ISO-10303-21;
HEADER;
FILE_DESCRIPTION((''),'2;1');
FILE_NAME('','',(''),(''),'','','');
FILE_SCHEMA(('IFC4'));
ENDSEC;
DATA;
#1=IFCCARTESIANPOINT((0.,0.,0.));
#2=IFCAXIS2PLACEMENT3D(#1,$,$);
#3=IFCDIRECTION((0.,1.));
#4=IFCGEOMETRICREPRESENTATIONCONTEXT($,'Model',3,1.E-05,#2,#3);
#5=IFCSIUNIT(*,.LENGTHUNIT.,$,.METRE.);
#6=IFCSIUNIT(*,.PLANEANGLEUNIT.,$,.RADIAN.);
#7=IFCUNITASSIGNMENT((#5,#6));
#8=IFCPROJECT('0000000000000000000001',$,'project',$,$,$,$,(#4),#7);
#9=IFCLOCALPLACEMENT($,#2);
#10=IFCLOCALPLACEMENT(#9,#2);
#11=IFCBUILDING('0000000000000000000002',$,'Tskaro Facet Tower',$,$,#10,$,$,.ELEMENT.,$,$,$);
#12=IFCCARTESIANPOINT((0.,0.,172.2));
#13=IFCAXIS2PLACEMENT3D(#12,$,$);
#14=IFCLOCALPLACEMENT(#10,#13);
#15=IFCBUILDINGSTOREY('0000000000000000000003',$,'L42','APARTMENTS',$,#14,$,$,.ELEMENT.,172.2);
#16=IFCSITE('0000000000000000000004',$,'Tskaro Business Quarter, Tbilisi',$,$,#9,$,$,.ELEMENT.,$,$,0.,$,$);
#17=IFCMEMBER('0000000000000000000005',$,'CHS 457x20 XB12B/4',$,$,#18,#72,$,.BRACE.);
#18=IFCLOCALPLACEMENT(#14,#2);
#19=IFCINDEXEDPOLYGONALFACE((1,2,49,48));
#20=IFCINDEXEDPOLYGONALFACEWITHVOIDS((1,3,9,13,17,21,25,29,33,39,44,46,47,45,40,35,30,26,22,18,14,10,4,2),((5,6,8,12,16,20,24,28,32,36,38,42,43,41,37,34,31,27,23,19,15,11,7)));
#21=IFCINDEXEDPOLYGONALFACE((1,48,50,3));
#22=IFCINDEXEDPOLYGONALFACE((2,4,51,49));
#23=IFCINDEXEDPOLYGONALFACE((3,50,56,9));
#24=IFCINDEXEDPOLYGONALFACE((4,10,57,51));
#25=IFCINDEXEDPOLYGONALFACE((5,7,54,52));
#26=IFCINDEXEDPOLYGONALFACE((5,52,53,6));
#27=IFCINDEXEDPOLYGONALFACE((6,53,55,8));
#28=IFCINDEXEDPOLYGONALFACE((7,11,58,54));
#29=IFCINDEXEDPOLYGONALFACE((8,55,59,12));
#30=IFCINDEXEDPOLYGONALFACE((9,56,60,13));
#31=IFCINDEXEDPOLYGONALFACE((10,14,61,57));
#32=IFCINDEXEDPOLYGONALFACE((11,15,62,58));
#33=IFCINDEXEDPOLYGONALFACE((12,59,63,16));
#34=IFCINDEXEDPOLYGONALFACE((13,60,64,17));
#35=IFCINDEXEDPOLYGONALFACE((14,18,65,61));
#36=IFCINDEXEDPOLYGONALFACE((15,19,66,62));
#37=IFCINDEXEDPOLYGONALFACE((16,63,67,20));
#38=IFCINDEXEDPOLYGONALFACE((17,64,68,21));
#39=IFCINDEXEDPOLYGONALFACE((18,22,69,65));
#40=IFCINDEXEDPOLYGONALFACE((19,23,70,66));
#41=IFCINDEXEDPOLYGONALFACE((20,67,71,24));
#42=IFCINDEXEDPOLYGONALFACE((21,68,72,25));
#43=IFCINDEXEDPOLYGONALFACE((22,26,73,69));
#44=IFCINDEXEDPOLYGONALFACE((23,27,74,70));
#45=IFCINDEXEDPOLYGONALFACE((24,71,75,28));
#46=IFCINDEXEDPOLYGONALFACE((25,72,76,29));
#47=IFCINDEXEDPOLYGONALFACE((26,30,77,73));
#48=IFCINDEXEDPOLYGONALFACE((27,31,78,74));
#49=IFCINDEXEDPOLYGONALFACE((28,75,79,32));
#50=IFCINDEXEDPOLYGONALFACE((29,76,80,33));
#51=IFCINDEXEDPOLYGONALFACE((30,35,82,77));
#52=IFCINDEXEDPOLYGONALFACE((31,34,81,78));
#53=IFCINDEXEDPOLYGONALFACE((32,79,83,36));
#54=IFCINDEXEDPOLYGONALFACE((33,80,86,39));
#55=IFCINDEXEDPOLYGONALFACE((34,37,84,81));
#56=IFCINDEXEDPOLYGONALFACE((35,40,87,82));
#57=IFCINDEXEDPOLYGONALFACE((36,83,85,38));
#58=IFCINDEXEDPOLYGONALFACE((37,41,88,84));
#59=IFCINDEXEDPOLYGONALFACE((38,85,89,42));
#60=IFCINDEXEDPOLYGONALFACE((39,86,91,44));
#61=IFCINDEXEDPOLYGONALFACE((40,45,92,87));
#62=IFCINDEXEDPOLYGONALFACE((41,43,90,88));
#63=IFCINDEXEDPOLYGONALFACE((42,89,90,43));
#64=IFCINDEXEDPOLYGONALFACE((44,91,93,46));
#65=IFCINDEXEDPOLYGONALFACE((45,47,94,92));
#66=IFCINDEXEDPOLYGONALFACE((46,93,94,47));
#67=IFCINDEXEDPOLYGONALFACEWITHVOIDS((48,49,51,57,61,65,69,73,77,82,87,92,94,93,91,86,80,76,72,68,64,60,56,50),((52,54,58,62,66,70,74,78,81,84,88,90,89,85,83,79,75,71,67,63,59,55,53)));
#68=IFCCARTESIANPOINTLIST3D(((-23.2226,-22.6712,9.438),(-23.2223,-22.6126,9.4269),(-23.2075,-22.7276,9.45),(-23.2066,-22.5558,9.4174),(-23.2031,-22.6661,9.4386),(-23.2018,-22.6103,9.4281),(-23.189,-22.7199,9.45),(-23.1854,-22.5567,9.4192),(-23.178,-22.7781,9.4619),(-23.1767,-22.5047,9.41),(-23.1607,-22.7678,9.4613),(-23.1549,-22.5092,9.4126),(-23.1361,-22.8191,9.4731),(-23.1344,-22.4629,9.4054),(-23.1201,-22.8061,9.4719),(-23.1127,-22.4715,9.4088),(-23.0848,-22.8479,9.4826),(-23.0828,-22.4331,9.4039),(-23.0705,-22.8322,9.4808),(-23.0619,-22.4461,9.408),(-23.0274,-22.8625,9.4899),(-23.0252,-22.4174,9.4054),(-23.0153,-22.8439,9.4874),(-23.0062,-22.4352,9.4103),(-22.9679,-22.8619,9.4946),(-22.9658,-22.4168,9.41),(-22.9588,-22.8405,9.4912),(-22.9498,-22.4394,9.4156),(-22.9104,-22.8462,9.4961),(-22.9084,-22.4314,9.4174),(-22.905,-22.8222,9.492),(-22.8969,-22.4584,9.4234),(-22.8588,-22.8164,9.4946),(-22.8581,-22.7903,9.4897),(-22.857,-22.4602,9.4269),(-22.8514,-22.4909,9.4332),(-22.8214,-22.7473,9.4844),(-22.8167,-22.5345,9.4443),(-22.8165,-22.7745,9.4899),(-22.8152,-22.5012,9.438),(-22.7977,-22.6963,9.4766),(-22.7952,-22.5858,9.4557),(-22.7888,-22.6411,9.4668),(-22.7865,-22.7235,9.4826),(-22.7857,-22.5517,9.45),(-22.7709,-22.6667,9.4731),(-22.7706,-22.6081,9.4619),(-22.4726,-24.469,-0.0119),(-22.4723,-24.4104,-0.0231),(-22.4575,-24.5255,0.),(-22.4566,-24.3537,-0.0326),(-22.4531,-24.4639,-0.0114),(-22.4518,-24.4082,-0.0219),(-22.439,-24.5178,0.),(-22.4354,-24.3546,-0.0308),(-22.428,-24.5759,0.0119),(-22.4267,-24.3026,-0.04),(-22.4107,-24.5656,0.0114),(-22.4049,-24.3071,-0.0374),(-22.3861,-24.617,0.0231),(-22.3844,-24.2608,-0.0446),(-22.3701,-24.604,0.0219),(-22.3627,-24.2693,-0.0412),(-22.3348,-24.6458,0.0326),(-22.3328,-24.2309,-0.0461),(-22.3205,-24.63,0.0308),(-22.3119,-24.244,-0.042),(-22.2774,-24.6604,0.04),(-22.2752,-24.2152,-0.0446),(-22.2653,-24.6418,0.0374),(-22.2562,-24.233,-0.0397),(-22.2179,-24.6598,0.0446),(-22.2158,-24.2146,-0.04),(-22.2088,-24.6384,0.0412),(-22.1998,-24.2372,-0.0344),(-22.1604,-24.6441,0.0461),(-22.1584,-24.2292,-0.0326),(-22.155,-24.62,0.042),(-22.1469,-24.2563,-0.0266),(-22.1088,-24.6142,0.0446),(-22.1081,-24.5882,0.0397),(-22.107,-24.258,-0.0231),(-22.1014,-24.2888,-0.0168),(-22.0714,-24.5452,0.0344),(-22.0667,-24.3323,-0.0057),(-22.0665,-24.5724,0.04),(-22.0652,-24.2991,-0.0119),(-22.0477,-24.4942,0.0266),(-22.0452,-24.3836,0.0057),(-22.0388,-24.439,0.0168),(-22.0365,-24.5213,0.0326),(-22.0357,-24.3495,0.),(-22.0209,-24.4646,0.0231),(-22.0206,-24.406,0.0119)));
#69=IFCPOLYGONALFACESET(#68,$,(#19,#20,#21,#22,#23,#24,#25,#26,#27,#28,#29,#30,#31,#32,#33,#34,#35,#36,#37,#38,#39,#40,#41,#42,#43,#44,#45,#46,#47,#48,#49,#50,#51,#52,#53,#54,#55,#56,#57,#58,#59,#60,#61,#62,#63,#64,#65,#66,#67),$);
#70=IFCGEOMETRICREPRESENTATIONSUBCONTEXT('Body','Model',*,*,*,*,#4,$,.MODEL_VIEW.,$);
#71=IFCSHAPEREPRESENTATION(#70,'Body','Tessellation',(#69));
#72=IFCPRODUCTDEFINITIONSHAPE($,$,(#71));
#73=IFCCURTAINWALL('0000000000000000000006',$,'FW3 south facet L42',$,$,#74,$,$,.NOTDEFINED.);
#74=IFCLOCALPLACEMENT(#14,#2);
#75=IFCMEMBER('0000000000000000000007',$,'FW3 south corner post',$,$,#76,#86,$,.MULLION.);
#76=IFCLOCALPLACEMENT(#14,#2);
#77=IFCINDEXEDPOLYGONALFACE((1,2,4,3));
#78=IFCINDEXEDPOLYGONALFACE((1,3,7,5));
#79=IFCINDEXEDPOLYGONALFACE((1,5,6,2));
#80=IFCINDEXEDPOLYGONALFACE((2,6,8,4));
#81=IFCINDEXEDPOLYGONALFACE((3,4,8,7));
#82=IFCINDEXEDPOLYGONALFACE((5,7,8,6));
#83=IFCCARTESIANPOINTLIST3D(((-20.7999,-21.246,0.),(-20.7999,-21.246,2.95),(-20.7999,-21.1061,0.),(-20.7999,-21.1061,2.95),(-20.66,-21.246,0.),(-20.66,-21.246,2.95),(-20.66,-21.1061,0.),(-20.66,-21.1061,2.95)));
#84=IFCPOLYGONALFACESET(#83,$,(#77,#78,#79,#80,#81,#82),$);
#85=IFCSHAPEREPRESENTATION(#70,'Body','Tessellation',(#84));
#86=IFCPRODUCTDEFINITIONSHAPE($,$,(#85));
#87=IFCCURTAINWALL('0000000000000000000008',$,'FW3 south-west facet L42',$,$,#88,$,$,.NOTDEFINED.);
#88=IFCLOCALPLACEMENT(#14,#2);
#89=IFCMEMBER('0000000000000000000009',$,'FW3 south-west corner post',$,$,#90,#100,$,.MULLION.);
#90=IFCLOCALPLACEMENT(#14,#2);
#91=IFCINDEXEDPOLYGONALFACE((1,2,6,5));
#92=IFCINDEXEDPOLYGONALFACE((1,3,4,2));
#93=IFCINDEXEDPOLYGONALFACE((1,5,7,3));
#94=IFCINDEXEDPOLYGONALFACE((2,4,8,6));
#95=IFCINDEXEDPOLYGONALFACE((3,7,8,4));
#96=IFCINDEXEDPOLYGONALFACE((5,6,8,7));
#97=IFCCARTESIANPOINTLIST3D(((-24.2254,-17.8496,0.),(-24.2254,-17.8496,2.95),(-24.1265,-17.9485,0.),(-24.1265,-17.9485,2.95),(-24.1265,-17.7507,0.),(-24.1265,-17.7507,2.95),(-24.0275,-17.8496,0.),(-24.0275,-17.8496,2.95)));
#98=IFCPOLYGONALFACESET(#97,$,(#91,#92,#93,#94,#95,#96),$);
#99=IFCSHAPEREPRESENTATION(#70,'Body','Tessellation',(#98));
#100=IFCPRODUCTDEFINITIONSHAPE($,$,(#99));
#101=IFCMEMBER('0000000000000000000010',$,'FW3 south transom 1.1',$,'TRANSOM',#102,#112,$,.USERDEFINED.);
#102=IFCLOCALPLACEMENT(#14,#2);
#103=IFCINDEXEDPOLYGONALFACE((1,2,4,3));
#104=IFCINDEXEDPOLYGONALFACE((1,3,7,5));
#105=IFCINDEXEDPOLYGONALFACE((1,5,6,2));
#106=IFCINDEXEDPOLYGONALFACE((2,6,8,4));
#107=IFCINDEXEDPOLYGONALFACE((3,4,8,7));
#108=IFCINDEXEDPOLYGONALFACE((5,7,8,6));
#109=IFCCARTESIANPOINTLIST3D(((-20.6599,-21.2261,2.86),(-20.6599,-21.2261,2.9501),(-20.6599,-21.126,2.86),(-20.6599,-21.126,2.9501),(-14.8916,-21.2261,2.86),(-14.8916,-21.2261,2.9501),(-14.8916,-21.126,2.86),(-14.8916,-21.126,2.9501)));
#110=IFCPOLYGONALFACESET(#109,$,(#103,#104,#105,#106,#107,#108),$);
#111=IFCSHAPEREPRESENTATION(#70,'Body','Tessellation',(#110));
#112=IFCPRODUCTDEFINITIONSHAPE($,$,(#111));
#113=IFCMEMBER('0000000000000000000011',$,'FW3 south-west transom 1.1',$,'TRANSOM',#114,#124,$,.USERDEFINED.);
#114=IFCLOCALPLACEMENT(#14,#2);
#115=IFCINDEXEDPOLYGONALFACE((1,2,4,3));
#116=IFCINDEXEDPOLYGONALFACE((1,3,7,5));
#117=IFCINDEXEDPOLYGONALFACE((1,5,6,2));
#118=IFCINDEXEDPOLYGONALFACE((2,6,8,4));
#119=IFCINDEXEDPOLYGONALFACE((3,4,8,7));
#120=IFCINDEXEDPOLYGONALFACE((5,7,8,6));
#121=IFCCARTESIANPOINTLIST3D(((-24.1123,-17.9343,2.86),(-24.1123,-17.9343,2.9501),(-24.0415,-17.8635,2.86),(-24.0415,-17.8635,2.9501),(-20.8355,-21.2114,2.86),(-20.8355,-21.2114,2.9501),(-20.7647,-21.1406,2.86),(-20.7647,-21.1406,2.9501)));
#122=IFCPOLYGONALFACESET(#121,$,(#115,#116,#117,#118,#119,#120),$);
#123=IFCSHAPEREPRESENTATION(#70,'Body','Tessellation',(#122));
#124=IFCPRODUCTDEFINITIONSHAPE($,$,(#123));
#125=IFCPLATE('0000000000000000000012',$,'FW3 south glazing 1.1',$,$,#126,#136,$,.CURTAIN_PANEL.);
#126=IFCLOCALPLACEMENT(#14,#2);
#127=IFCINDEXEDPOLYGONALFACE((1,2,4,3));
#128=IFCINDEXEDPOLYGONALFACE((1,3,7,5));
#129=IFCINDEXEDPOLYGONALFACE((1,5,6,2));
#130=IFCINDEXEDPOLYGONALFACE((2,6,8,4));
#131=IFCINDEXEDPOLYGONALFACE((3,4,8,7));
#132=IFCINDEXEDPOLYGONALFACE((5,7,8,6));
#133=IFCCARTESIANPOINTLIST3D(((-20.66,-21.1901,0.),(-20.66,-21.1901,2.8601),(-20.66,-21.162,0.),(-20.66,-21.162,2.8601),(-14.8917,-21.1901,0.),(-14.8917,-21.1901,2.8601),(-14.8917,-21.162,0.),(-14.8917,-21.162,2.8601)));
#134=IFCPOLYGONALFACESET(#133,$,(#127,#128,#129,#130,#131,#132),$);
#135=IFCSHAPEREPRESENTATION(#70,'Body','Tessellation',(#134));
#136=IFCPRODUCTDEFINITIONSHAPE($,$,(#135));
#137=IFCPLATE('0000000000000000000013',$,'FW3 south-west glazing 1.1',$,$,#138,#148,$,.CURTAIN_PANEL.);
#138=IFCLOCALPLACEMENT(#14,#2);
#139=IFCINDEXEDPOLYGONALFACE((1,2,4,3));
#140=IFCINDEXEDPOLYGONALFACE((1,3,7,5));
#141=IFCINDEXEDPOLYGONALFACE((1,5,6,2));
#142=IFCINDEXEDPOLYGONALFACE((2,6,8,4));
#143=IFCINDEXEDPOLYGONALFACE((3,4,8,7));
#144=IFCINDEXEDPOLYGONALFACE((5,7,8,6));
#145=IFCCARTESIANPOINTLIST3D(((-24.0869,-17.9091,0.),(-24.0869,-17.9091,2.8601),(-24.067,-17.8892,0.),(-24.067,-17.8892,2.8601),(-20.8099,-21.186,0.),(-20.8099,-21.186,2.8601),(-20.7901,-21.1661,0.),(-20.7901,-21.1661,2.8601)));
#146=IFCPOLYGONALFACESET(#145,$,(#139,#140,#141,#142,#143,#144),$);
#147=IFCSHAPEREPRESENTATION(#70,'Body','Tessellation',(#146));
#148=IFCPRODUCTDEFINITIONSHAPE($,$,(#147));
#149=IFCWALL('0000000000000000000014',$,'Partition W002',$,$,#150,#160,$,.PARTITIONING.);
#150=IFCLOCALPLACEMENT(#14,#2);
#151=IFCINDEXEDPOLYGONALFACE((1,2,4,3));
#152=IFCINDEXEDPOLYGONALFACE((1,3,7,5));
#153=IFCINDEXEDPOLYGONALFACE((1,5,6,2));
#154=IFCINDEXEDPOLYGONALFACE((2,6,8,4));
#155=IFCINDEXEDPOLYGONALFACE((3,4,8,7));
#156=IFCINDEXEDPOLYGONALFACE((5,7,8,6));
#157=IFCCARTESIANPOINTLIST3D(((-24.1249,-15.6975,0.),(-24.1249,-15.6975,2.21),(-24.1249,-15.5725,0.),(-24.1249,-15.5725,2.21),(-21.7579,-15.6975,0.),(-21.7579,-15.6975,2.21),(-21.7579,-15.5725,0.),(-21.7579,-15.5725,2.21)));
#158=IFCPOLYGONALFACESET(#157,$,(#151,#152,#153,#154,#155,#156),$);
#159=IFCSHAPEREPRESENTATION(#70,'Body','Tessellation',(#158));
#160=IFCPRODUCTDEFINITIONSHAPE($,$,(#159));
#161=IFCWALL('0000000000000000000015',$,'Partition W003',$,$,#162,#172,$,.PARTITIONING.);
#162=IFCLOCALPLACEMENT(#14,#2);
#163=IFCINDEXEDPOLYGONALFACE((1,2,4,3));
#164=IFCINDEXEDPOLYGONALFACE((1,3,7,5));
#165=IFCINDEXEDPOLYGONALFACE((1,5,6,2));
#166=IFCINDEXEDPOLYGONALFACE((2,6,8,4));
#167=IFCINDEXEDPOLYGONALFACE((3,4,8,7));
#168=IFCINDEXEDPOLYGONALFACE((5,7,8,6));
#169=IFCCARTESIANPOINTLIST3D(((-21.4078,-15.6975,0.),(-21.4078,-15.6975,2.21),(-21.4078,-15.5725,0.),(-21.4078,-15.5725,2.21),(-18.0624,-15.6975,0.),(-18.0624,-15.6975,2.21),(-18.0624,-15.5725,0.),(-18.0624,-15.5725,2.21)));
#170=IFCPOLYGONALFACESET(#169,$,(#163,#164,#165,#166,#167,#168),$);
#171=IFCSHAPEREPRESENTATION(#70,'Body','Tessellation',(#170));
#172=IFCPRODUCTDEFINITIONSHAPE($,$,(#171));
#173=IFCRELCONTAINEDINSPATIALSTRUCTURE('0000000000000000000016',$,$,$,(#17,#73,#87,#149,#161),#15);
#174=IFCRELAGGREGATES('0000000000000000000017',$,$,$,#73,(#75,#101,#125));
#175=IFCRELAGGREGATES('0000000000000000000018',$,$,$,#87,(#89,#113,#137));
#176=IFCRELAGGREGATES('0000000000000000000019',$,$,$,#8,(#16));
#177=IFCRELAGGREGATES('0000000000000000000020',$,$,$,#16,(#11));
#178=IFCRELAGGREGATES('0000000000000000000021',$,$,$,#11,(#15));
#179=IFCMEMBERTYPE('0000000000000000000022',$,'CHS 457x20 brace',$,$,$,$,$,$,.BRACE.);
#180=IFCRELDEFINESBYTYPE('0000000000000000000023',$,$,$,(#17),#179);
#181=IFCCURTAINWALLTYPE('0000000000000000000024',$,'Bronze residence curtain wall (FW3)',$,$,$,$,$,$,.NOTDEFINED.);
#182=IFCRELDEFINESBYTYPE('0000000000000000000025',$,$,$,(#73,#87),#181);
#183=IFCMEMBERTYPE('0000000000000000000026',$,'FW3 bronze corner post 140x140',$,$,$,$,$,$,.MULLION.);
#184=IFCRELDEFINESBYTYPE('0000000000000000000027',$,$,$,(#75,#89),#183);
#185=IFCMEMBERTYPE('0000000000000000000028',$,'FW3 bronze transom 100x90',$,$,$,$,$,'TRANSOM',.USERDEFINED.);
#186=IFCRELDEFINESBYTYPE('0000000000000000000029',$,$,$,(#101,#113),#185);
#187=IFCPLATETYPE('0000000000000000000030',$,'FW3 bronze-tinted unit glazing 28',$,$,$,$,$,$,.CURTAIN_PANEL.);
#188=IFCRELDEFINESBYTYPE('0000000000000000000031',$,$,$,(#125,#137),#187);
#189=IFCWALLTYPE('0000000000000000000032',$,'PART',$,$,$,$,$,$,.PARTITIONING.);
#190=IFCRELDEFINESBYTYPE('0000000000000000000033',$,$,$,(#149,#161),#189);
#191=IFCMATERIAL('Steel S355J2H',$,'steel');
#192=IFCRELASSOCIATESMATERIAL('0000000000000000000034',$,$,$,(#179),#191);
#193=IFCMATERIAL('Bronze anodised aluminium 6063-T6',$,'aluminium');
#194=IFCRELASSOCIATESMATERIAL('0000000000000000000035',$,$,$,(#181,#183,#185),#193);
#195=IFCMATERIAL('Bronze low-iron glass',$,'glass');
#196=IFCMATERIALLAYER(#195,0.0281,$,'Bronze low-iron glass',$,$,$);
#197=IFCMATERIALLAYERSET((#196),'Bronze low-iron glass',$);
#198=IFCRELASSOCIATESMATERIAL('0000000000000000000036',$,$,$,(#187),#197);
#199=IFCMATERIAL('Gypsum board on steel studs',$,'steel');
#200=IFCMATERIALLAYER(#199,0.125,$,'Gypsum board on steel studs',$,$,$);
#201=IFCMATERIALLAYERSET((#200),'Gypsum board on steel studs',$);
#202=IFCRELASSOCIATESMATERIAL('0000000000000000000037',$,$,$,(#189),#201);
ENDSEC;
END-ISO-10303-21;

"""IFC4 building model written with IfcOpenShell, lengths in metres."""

from ifc_helpers import new_model, si_unit, direction, frame, frame_2d, origin, origin_2d, place, context, subcontext, project, spatial, rectangle, hollow_circle, extrude, material, layer, layer_set, material_profile, profile_set, type_object, element, aggregate, save


model = new_model("IFC4")

# Units and contexts
model_context = context("Model", 3, precision=1e-05, world=origin(), true_north=direction((0.0, 1.0)))
body_context = subcontext(model_context, "Body", "Model", "MODEL_VIEW")
ifc_project = project(units=[si_unit("LENGTHUNIT", "METRE"), si_unit("PLANEANGLEUNIT", "RADIAN")], contexts=[model_context])

# Site, building, storey
site_placement = place(None, origin())
site = spatial("IfcSite", under=ifc_project, at=site_placement, Name="Tskaro Business Quarter, Tbilisi", CompositionType="ELEMENT", RefElevation=0.0)
building_placement = place(site_placement, origin())
building = spatial("IfcBuilding", under=site, at=building_placement, Name="Tskaro Facet Tower", CompositionType="ELEMENT")
storey_placement = place(building_placement, frame((0.0, 0.0, 172.2)))
storey = spatial("IfcBuildingStorey", under=building, at=storey_placement, Name="L42", Description="APARTMENTS", CompositionType="ELEMENT", Elevation=172.2)

# Shared definitions
ifc_material_1 = material(Name="Steel S355J2H", Category="steel")

# Member
ifc_material_profile_1 = material_profile(ifc_material_1, hollow_circle(Radius=0.2285, WallThickness=0.02, at=origin_2d()), Name="CHS 457x20")
ifc_profile_set_1 = profile_set([ifc_material_profile_1], Name="Steel S355J2H")
member_type_1 = type_object("IfcMemberType", Name="CHS 457x20 brace", PredefinedType="BRACE", material=ifc_profile_set_1)
for number, where, z_axis, x_axis, name in (
    (1, (-22.2466, -24.4375, 0.0), (-0.077731, 0.186332, 0.979407), (-0.922914, -0.385007, 0.0), "CHS 457x20 XB12B/4"),
):
    element("IfcMember", number, at=place(storey_placement, frame(where, z_axis=z_axis, x_axis=x_axis)), inside=storey, type_object=member_type_1, Name=name, PredefinedType="BRACE", context=body_context, shape_type="SweptSolid", body=[
        extrude(hollow_circle(Radius=0.2285, WallThickness=0.02, at=origin_2d()), origin(), (0.0, 0.0, 1.0), 9.6487),
    ])

# Curtain walls, members
ifc_material_2 = material(Name="Bronze anodised aluminium 6063-T6", Category="aluminium")
curtain_wall_type = type_object("IfcCurtainWallType", Name="Bronze residence curtain wall (FW3)", PredefinedType="NOTDEFINED", material=ifc_material_2)
curtain_wall_1_placement = place(storey_placement, origin())
curtain_wall_1 = element("IfcCurtainWall", 2, at=curtain_wall_1_placement, inside=storey, type_object=curtain_wall_type, Name="FW3 south facet L42", PredefinedType="NOTDEFINED")
ifc_material_profile_2 = material_profile(ifc_material_2, rectangle(XDim=0.1399, YDim=0.1399, at=origin_2d()), Name="Corner post 140x140")
ifc_profile_set_2 = profile_set([ifc_material_profile_2], Name="Bronze anodised aluminium 6063-T6")
member_type_2 = type_object("IfcMemberType", Name="FW3 bronze corner post 140x140", PredefinedType="MULLION", material=ifc_profile_set_2)
member_1_placement = place(storey_placement, frame((-20.73, -21.176, 0.0), z_axis=(0.0, 0.0, 1.0), x_axis=(1.0, 0.0, 0.0)))
member_1 = element("IfcMember", 3, at=member_1_placement, type_object=member_type_2, Name="FW3 south corner post", PredefinedType="MULLION", context=body_context, shape_type="SweptSolid", body=[
    extrude(rectangle(XDim=0.1399, YDim=0.1399, at=origin_2d()), origin(), (0.0, 0.0, 1.0), 2.95),
])
curtain_wall_2_placement = place(storey_placement, origin())
curtain_wall_2 = element("IfcCurtainWall", 4, at=curtain_wall_2_placement, inside=storey, type_object=curtain_wall_type, Name="FW3 south-west facet L42", PredefinedType="NOTDEFINED")
member_2_placement = place(storey_placement, frame((-24.1265, -17.8496, 0.0), z_axis=(0.0, 0.0, 1.0), x_axis=(0.707107, -0.707107, 0.0)))
member_2 = element("IfcMember", 5, at=member_2_placement, type_object=member_type_2, Name="FW3 south-west corner post", PredefinedType="MULLION", context=body_context, shape_type="SweptSolid", body=[
    extrude(rectangle(XDim=0.1399, YDim=0.1399, at=origin_2d()), origin(), (0.0, 0.0, 1.0), 2.95),
])

# Members
ifc_material_profile_3 = material_profile(ifc_material_2, rectangle(XDim=0.1001, YDim=0.0901, at=origin_2d()), Name="Transom 100x90")
ifc_profile_set_3 = profile_set([ifc_material_profile_3], Name="Bronze anodised aluminium 6063-T6")
member_type_3 = type_object("IfcMemberType", Name="FW3 bronze transom 100x90", ElementType="TRANSOM", PredefinedType="USERDEFINED", material=ifc_profile_set_3)
member_3_placement = place(storey_placement, frame((-20.6599, -21.176, 2.905), z_axis=(1.0, 0.0, 0.0), x_axis=(0.0, 1.0, 0.0)))
member_3 = element("IfcMember", 6, at=member_3_placement, type_object=member_type_3, Name="FW3 south transom 1.1", ObjectType="TRANSOM", PredefinedType="USERDEFINED", context=body_context, shape_type="SweptSolid", body=[
    extrude(rectangle(XDim=0.1001, YDim=0.0901, at=origin_2d()), origin(), (0.0, 0.0, 1.0), 5.7683),
])
member_4_placement = place(storey_placement, frame((-24.0769, -17.8989, 2.905), z_axis=(0.70708, -0.707133, 0.0), x_axis=(0.707133, 0.70708, 0.0)))
member_4 = element("IfcMember", 7, at=member_4_placement, type_object=member_type_3, Name="FW3 south-west transom 1.1", ObjectType="TRANSOM", PredefinedType="USERDEFINED", context=body_context, shape_type="SweptSolid", body=[
    extrude(rectangle(XDim=0.1001, YDim=0.0901, at=origin_2d()), origin(), (0.0, 0.0, 1.0), 4.6343),
])

# Plates
ifc_material_3 = material(Name="Bronze low-iron glass", Category="glass")
ifc_layer_1 = layer(ifc_material_3, 0.0281, Name="Bronze low-iron glass")
ifc_layer_set_1 = layer_set([ifc_layer_1], Name="Bronze low-iron glass")
plate_type = type_object("IfcPlateType", Name="FW3 bronze-tinted unit glazing 28", PredefinedType="CURTAIN_PANEL", material=ifc_layer_set_1)
plate_1_placement = place(storey_placement, frame((-17.7759, -21.176, 0.0), z_axis=(0.0, 0.0, 1.0), x_axis=(1.0, 0.0, 0.0)))
plate_1 = element("IfcPlate", 8, at=plate_1_placement, type_object=plate_type, Name="FW3 south glazing 1.1", PredefinedType="CURTAIN_PANEL", context=body_context, shape_type="SweptSolid", body=[
    extrude(rectangle(XDim=5.7683, YDim=0.0281, at=origin_2d()), origin(), (0.0, 0.0, 1.0), 2.8601),
])
aggregate(curtain_wall_1, [member_1, member_3, plate_1])
plate_2_placement = place(storey_placement, frame((-22.4385, -19.5376, 0.0), z_axis=(0.0, 0.0, 1.0), x_axis=(0.707107, -0.707107, 0.0)))
plate_2 = element("IfcPlate", 9, at=plate_2_placement, type_object=plate_type, Name="FW3 south-west glazing 1.1", PredefinedType="CURTAIN_PANEL", context=body_context, shape_type="SweptSolid", body=[
    extrude(rectangle(XDim=4.6343, YDim=0.0281, at=origin_2d()), origin(), (0.0, 0.0, 1.0), 2.8601),
])
aggregate(curtain_wall_2, [member_2, member_4, plate_2])

# Walls
ifc_material_4 = material(Name="Gypsum board on steel studs", Category="steel")
ifc_layer_2 = layer(ifc_material_4, 0.125, Name="Gypsum board on steel studs")
ifc_layer_set_2 = layer_set([ifc_layer_2], Name="Gypsum board on steel studs")
wall_type = type_object("IfcWallType", Name="PART", PredefinedType="PARTITIONING", material=ifc_layer_set_2)
wall_1_placement = place(storey_placement, frame((-24.125, -15.635, 0.0), z_axis=(0.0, 0.0, 1.0), x_axis=(1.0, 0.0, 0.0)))
element("IfcWall", 10, at=wall_1_placement, inside=storey, type_object=wall_type, Name="Partition W002", PredefinedType="PARTITIONING", context=body_context, shape_type="SweptSolid", body=[
    extrude(rectangle(XDim=2.3669, YDim=0.125, at=frame_2d((1.1836, 0.0))), origin(), (0.0, 0.0, 1.0), 2.21),
])
wall_2_placement = place(storey_placement, frame((-21.408, -15.635, 0.0), z_axis=(0.0, 0.0, 1.0), x_axis=(1.0, 0.0, 0.0)))
element("IfcWall", 11, at=wall_2_placement, inside=storey, type_object=wall_type, Name="Partition W003", PredefinedType="PARTITIONING", context=body_context, shape_type="SweptSolid", body=[
    extrude(rectangle(XDim=3.3455, YDim=0.125, at=frame_2d((1.6729, 0.0))), origin(), (0.0, 0.0, 1.0), 2.21),
])

save(model, "model.ifc")
